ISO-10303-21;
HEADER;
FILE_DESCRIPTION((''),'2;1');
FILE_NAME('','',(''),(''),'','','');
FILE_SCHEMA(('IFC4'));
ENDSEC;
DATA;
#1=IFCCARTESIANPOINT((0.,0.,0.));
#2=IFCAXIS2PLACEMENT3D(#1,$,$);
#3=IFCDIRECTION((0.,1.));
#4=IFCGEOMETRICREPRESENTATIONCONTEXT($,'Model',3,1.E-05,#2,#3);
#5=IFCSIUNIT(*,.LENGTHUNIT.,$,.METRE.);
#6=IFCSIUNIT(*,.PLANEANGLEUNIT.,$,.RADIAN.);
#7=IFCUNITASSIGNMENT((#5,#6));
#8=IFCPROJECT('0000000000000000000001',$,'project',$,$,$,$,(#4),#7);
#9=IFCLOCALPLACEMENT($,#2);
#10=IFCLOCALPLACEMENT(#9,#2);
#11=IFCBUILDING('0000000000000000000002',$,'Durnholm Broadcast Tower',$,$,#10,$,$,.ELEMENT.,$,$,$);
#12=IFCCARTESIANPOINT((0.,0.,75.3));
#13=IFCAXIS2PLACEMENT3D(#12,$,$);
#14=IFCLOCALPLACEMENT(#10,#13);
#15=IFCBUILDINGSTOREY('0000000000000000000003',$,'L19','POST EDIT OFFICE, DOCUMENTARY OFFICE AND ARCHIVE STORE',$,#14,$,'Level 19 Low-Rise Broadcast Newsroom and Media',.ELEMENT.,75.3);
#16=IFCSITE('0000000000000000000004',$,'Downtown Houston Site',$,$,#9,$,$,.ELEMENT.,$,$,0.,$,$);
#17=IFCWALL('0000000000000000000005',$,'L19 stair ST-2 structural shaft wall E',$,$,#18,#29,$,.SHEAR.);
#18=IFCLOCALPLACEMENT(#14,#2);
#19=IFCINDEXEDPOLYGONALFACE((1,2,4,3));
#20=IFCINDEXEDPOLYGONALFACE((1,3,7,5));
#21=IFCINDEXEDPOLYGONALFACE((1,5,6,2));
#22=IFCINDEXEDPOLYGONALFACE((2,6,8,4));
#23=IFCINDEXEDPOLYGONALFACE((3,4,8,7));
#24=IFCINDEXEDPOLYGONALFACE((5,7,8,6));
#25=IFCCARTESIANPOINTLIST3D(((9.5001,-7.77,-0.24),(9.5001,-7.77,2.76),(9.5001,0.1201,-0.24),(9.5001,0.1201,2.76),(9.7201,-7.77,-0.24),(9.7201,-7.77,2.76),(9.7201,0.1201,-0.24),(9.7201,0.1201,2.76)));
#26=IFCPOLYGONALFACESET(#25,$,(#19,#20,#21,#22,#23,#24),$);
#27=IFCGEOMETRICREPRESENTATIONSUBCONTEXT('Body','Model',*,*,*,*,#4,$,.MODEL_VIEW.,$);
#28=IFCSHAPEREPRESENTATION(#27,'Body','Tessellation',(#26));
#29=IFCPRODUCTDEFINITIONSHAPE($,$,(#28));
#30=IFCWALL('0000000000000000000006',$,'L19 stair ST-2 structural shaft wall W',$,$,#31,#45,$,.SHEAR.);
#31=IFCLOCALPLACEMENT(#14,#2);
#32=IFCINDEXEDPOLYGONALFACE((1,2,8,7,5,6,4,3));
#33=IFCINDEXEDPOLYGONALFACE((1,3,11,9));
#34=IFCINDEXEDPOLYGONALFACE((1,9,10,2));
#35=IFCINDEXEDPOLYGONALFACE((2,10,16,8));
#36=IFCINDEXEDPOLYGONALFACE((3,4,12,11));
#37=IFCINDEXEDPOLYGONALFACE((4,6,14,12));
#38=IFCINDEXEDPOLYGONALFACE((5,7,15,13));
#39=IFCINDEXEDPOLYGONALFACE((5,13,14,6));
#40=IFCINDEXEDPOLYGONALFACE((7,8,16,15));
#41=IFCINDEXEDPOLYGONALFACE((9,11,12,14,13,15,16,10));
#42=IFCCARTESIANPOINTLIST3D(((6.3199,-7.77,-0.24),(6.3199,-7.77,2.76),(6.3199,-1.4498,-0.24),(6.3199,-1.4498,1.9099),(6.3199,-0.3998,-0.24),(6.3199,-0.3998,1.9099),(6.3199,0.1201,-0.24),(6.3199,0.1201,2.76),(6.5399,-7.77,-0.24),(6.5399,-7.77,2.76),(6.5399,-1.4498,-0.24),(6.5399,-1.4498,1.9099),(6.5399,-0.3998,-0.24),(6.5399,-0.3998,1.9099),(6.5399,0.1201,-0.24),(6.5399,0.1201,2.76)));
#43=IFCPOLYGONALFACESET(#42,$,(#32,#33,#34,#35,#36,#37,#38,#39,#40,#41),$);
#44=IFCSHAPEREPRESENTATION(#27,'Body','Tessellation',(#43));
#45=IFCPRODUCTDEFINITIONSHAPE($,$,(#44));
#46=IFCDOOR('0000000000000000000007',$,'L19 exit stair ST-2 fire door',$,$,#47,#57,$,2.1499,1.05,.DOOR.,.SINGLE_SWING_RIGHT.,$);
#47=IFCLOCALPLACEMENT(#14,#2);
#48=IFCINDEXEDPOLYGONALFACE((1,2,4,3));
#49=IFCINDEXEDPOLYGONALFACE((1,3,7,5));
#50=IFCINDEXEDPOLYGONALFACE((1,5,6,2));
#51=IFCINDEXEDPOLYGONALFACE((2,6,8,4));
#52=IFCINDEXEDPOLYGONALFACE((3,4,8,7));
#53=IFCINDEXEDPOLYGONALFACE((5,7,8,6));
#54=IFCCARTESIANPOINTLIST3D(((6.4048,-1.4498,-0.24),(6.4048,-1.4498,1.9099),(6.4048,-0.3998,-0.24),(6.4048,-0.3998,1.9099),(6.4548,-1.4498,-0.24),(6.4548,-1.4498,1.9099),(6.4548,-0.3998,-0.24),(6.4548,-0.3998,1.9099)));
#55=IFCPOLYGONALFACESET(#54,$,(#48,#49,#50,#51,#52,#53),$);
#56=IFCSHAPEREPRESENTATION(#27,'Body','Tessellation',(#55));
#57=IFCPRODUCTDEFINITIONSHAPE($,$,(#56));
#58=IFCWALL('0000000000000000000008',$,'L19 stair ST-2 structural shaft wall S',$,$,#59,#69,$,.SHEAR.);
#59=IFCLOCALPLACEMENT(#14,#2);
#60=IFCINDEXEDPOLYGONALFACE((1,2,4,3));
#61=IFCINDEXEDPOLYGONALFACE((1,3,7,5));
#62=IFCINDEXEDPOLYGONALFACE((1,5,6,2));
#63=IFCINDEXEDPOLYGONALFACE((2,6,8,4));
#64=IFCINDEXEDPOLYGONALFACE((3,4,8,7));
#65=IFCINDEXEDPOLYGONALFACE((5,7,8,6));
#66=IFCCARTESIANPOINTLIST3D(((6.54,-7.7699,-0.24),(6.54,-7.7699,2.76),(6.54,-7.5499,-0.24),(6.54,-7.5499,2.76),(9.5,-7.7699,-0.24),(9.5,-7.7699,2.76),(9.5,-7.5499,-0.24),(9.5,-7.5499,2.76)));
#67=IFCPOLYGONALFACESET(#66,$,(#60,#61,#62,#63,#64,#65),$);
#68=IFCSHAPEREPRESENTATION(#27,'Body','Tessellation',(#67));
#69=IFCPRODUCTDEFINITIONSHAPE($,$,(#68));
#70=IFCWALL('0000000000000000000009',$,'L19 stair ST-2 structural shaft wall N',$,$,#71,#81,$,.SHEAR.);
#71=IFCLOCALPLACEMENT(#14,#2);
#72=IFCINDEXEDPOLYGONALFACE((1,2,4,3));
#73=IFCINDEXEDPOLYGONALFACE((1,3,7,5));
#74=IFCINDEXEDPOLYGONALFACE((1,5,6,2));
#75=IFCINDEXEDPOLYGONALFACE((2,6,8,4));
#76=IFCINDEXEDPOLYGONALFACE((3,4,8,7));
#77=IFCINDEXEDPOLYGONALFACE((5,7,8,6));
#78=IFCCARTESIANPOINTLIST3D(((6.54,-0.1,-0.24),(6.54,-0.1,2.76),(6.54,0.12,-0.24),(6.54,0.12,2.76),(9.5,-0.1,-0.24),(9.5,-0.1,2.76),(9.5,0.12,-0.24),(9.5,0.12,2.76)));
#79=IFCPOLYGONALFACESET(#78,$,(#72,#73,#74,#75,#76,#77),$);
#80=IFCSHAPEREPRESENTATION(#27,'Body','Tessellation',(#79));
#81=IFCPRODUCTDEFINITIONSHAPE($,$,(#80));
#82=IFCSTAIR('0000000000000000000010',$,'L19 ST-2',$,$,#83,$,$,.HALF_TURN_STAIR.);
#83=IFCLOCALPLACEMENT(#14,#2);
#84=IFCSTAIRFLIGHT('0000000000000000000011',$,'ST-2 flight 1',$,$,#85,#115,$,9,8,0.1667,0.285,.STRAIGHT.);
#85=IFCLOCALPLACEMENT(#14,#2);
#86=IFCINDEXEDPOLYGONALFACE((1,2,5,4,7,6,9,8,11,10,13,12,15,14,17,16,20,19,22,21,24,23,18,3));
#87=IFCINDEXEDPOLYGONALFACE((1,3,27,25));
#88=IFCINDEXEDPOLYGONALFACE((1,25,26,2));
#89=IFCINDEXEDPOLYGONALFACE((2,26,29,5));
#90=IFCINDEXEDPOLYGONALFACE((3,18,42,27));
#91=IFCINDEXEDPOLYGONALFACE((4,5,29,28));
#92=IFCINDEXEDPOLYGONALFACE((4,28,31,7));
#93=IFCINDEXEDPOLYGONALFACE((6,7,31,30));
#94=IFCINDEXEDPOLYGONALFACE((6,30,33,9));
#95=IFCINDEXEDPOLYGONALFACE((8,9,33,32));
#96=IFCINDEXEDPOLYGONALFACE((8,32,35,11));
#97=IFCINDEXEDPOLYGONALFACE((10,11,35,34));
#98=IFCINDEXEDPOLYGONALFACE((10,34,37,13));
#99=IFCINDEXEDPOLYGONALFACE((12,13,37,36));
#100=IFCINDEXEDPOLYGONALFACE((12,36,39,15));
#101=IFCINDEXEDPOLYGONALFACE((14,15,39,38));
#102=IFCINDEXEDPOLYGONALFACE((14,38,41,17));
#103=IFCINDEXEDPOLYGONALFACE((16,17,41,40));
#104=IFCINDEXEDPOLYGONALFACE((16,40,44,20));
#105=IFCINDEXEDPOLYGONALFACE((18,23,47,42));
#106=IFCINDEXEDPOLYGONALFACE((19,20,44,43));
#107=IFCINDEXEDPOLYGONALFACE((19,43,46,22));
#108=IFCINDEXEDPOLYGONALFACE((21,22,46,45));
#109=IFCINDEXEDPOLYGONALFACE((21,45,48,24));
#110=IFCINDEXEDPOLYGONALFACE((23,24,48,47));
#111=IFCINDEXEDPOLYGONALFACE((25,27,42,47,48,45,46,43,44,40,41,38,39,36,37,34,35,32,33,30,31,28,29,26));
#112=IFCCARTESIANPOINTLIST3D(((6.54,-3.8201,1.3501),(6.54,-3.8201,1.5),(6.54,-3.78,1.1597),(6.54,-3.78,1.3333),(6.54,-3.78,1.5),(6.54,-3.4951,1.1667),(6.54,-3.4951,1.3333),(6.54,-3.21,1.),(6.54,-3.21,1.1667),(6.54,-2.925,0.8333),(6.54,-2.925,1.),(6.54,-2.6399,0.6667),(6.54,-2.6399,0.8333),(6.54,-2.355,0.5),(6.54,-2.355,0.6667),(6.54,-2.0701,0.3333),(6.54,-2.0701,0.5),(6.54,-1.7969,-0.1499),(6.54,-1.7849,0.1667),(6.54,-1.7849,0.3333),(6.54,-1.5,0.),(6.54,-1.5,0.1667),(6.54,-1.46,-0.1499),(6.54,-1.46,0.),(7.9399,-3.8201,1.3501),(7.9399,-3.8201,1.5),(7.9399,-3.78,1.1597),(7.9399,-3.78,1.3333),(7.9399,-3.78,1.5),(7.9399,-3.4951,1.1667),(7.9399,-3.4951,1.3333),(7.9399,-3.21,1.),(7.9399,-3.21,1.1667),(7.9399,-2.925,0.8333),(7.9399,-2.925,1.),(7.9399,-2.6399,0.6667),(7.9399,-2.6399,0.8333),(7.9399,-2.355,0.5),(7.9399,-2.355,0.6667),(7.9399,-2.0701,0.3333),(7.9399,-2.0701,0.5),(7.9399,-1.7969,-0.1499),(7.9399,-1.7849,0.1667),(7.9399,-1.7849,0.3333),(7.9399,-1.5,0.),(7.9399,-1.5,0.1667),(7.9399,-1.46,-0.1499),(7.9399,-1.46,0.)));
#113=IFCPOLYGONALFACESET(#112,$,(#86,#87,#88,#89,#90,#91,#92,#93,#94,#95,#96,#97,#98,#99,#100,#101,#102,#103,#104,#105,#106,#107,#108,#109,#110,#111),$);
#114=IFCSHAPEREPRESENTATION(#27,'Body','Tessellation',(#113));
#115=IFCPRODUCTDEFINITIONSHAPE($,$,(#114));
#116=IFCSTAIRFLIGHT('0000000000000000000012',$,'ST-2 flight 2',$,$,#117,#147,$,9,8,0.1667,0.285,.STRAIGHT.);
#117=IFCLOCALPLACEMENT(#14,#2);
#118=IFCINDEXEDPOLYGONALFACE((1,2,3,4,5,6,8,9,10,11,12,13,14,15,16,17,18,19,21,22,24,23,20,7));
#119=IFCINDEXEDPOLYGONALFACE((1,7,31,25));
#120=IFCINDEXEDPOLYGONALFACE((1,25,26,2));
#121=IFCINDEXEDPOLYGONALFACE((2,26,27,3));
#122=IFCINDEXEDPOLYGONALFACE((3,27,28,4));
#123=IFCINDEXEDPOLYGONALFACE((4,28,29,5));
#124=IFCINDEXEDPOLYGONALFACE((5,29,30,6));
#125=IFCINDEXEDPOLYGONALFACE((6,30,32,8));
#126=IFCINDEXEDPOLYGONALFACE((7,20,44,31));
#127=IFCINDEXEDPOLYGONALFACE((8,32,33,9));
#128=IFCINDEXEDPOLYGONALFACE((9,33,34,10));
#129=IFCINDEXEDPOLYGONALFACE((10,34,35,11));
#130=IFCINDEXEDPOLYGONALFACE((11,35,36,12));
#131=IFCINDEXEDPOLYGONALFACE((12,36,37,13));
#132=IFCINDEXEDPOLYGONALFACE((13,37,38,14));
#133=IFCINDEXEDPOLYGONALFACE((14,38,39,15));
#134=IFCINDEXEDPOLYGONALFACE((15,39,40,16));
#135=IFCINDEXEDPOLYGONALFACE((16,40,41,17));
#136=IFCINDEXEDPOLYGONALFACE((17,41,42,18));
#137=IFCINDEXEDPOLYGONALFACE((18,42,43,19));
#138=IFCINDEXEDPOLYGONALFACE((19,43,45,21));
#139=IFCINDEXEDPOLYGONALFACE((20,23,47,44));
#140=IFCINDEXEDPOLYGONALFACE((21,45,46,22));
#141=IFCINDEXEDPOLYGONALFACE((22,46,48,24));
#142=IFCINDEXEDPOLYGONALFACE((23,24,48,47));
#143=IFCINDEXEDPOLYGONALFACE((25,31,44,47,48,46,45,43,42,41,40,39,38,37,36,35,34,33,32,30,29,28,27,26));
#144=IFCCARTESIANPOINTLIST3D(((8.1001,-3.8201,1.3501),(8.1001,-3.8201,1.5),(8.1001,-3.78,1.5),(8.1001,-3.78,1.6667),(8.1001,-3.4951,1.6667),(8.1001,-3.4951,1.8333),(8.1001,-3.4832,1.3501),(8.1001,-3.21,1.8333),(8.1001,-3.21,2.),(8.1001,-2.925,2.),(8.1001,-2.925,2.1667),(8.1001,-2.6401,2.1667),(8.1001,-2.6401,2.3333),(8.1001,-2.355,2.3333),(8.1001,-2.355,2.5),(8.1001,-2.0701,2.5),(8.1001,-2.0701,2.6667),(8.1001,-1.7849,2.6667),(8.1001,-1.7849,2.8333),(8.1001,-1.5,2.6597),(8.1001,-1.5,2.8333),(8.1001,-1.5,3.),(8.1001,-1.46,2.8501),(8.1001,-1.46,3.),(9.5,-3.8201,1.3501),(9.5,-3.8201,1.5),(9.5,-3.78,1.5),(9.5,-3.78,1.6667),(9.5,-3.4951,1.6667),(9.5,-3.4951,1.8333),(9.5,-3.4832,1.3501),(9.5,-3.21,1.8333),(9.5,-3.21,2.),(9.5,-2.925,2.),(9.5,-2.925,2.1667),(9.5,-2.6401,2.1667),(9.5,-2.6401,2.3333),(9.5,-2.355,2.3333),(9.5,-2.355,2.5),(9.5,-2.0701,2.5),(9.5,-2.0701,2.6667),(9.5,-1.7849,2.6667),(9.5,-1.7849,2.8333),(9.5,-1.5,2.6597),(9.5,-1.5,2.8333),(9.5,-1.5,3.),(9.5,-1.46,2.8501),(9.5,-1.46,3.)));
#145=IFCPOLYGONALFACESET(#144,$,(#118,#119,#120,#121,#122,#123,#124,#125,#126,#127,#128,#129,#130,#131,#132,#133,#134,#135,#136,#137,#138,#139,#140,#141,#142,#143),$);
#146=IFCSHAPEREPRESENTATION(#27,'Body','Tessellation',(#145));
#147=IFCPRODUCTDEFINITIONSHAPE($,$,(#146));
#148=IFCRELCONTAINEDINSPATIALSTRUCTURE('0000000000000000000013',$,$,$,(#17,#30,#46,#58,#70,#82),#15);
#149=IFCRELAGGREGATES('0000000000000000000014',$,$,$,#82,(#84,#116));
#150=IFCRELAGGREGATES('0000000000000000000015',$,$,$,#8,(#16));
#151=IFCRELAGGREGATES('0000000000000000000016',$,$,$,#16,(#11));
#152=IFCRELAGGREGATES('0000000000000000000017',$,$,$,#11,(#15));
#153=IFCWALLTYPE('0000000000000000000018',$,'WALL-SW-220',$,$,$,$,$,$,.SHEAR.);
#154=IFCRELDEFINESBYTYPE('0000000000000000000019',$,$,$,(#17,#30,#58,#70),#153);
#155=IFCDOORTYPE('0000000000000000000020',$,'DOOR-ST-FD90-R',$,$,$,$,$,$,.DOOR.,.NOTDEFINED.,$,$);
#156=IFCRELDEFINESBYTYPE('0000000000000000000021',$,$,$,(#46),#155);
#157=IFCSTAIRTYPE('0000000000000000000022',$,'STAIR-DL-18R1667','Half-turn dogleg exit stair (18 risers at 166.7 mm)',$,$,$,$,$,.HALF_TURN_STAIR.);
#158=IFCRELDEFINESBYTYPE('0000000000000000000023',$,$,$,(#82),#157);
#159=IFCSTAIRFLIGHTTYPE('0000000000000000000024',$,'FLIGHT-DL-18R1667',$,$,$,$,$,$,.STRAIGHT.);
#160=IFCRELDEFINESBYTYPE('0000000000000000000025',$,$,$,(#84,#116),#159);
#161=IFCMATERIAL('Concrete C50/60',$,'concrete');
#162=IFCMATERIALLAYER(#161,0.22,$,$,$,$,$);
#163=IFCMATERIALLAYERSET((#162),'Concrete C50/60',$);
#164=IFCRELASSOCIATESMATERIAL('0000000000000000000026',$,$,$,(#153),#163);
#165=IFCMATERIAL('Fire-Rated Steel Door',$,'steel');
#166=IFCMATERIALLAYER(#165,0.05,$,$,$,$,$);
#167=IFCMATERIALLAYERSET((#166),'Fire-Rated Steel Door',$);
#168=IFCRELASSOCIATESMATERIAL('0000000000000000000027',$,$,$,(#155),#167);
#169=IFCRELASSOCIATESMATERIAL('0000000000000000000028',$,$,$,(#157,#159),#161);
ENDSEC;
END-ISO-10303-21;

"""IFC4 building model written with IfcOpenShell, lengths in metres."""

from ifc_helpers import new_model, si_unit, direction, frame, frame_2d, origin, place, context, subcontext, project, spatial, polyline, rectangle, outline, extrude, source, transform, mapped, material, layer, layer_set, type_object, type_shapes, element, fill, aggregate, save


model = new_model("IFC4")

# Units and contexts
model_context = context("Model", 3, precision=1e-05, world=origin(), true_north=direction((0.0, 1.0)))
body_context = subcontext(model_context, "Body", "Model", "MODEL_VIEW")
ifc_project = project(units=[si_unit("LENGTHUNIT", "METRE"), si_unit("PLANEANGLEUNIT", "RADIAN")], contexts=[model_context])

# Site, building, storey
site_placement = place(None, origin())
site = spatial("IfcSite", under=ifc_project, at=site_placement, Name="Downtown Houston Site", CompositionType="ELEMENT", RefElevation=0.0)
building_placement = place(site_placement, origin())
building = spatial("IfcBuilding", under=site, at=building_placement, Name="Durnholm Broadcast Tower", CompositionType="ELEMENT")
storey_placement = place(building_placement, frame((0.0, 0.0, 75.3)))
storey = spatial("IfcBuildingStorey", under=building, at=storey_placement, Name="L19", Description="POST EDIT OFFICE, DOCUMENTARY OFFICE AND ARCHIVE STORE", LongName="Level 19 Low-Rise Broadcast Newsroom and Media", CompositionType="ELEMENT", Elevation=75.3)

# Wall
ifc_material_1 = material(Name="Concrete C50/60", Category="concrete")
ifc_layer_1 = layer(ifc_material_1, 0.22)
ifc_layer_set_1 = layer_set([ifc_layer_1], Name="Concrete C50/60")
wall_type_1 = type_object("IfcWallType", Name="WALL-SW-220", PredefinedType="SHEAR", material=ifc_layer_set_1)
wall_1_placement = place(storey_placement, frame((9.6101, -7.77, -0.24), z_axis=(0.0, 0.0, 1.0), x_axis=(0.0, 1.0, 0.0)))
element("IfcWall", 1, at=wall_1_placement, inside=storey, type_object=wall_type_1, Name="L19 stair ST-2 structural shaft wall E", PredefinedType="SHEAR", context=body_context, shape_type="SweptSolid", body=[
    extrude(rectangle(XDim=7.8901, YDim=0.22, at=frame_2d((3.9451, 0.0))), origin(), (0.0, 0.0, 1.0), 3.0),
])

# Wall, opening, door
wall_2_placement = place(storey_placement, frame((6.4299, 0.1201, -0.24), z_axis=(0.0, 0.0, 1.0), x_axis=(0.0, -1.0, 0.0)))
wall_2 = element("IfcWall", 2, at=wall_2_placement, inside=storey, type_object=wall_type_1, Name="L19 stair ST-2 structural shaft wall W", PredefinedType="SHEAR", context=body_context, shape_type="SweptSolid", body=[
    extrude(rectangle(XDim=7.8901, YDim=0.22, at=frame_2d((3.9451, 0.0))), origin(), (0.0, 0.0, 1.0), 3.0),
])
opening_1_placement = place(wall_2_placement, frame((0.52, 0.0, 0.0)))
opening_1 = element("IfcOpeningElement", 3, at=opening_1_placement, cuts=wall_2, PredefinedType="OPENING", context=body_context, shape_type="SweptSolid", body=[
    extrude(rectangle(XDim=1.05, YDim=2.1499, at=frame_2d((0.5249, 1.075))), frame((0.0, 0.1201, 0.0), z_axis=(0.0, -1.0, 0.0), x_axis=(1.0, 0.0, 0.0)), (0.0, 0.0, 1.0), 0.24),
])
ifc_material_2 = material(Name="Fire-Rated Steel Door", Category="steel")
ifc_layer_2 = layer(ifc_material_2, 0.05)
ifc_layer_set_2 = layer_set([ifc_layer_2], Name="Fire-Rated Steel Door")
door_type_1 = type_object("IfcDoorType", Name="DOOR-ST-FD90-R", OperationType="NOTDEFINED", PredefinedType="DOOR", material=ifc_layer_set_2)
shared_shape_1 = source(origin(), body_context, "Body", "SweptSolid", [
    extrude(rectangle(XDim=1.05, YDim=2.1499, at=frame_2d((0.5249, 1.075))), frame((0.0, 0.0249, 0.0), z_axis=(0.0, -1.0, 0.0), x_axis=(1.0, 0.0, 0.0)), (0.0, 0.0, 1.0), 0.05),
])
type_shapes(door_type_1, [shared_shape_1])
door_1_placement = place(opening_1_placement, origin())
door_1 = element("IfcDoor", 4, at=door_1_placement, inside=storey, type_object=door_type_1, Name="L19 exit stair ST-2 fire door", OperationType="SINGLE_SWING_RIGHT", OverallHeight=2.1499, OverallWidth=1.05, PredefinedType="DOOR", context=body_context, shape_type="MappedRepresentation", body=[
    mapped(shared_shape_1, transform((0.0, 0.0, 0.0), x_axis=(1.0, 0.0, 0.0), y_axis=(0.0, 1.0, 0.0), z_axis=(0.0, 0.0, 1.0), scale=1.0)),
])
fill(opening_1, door_1)

# Walls
for number, where, z_axis, x_axis, name in (
    (5, (6.54, -7.6599, -0.24), (0.0, 0.0, 1.0), (1.0, 0.0, 0.0), "L19 stair ST-2 structural shaft wall S"),
    (6, (9.5, 0.01, -0.24), (0.0, 0.0, 1.0), (-1.0, 0.0, 0.0), "L19 stair ST-2 structural shaft wall N"),
):
    element("IfcWall", number, at=place(storey_placement, frame(where, z_axis=z_axis, x_axis=x_axis)), inside=storey, type_object=wall_type_1, Name=name, PredefinedType="SHEAR", context=body_context, shape_type="SweptSolid", body=[
        extrude(rectangle(XDim=2.96, YDim=0.22, at=frame_2d((1.48, 0.0))), origin(), (0.0, 0.0, 1.0), 3.0),
    ])

# Stair, stair flights
stair_type = type_object("IfcStairType", Name="STAIR-DL-18R1667", Description="Half-turn dogleg exit stair (18 risers at 166.7 mm)", PredefinedType="HALF_TURN_STAIR", material=ifc_material_1)
stair_placement = place(storey_placement, origin())
stair = element("IfcStair", 7, at=stair_placement, inside=storey, type_object=stair_type, Name="L19 ST-2", PredefinedType="HALF_TURN_STAIR")
stair_flight_type = type_object("IfcStairFlightType", Name="FLIGHT-DL-18R1667", PredefinedType="STRAIGHT", material=ifc_material_1)
stair_flight_1_placement = place(storey_placement, frame((7.24, -1.5, 0.0), z_axis=(0.0, 0.0, 1.0), x_axis=(0.0, -1.0, 0.0)))
stair_flight_1 = element("IfcStairFlight", 8, at=stair_flight_1_placement, type_object=stair_flight_type, Name="ST-2 flight 1", NumberOfRisers=9, NumberOfTreads=8, PredefinedType="STRAIGHT", RiserHeight=0.1667, TreadLength=0.285, context=body_context, shape_type="SweptSolid", body=[
    extrude(outline(polyline([(-0.04, -0.1499), (-0.04, 0.0), (0.0, 0.0), (0.0, 0.1667), (0.2849, 0.1667), (0.2849, 0.3333), (0.5701, 0.3333), (0.5701, 0.5), (0.855, 0.5), (0.855, 0.6667), (1.1399, 0.6667), (1.1399, 0.8333), (1.425, 0.8333), (1.425, 1.0), (1.71, 1.0), (1.71, 1.1667), (1.9951, 1.1667), (1.9951, 1.3333), (2.28, 1.3333), (2.28, 1.5), (2.3201, 1.5), (2.3201, 1.3501), (2.28, 1.1597), (0.2969, -0.1499), (-0.04, -0.1499)])), frame((0.0, 0.7, 0.0), z_axis=(0.0, -1.0, 0.0), x_axis=(1.0, 0.0, 0.0)), (0.0, 0.0, 1.0), 1.3999),
])
stair_flight_2_placement = place(storey_placement, frame((8.8, -3.78, 1.5), z_axis=(0.0, 0.0, 1.0), x_axis=(0.0, 1.0, 0.0)))
stair_flight_2 = element("IfcStairFlight", 9, at=stair_flight_2_placement, type_object=stair_flight_type, Name="ST-2 flight 2", NumberOfRisers=9, NumberOfTreads=8, PredefinedType="STRAIGHT", RiserHeight=0.1667, TreadLength=0.285, context=body_context, shape_type="SweptSolid", body=[
    extrude(outline(polyline([(-0.04, -0.1499), (-0.04, 0.0), (0.0, 0.0), (0.0, 0.1667), (0.2849, 0.1667), (0.2849, 0.3333), (0.5701, 0.3333), (0.5701, 0.5), (0.855, 0.5), (0.855, 0.6667), (1.1399, 0.6667), (1.1399, 0.8333), (1.425, 0.8333), (1.425, 1.0), (1.71, 1.0), (1.71, 1.1667), (1.9951, 1.1667), (1.9951, 1.3333), (2.28, 1.3333), (2.28, 1.5), (2.3201, 1.5), (2.3201, 1.3501), (2.28, 1.1597), (0.2969, -0.1499), (-0.04, -0.1499)])), frame((0.0, 0.7, 0.0), z_axis=(0.0, -1.0, 0.0), x_axis=(1.0, 0.0, 0.0)), (0.0, 0.0, 1.0), 1.3999),
])
aggregate(stair, [stair_flight_1, stair_flight_2])

save(model, "model.ifc")
